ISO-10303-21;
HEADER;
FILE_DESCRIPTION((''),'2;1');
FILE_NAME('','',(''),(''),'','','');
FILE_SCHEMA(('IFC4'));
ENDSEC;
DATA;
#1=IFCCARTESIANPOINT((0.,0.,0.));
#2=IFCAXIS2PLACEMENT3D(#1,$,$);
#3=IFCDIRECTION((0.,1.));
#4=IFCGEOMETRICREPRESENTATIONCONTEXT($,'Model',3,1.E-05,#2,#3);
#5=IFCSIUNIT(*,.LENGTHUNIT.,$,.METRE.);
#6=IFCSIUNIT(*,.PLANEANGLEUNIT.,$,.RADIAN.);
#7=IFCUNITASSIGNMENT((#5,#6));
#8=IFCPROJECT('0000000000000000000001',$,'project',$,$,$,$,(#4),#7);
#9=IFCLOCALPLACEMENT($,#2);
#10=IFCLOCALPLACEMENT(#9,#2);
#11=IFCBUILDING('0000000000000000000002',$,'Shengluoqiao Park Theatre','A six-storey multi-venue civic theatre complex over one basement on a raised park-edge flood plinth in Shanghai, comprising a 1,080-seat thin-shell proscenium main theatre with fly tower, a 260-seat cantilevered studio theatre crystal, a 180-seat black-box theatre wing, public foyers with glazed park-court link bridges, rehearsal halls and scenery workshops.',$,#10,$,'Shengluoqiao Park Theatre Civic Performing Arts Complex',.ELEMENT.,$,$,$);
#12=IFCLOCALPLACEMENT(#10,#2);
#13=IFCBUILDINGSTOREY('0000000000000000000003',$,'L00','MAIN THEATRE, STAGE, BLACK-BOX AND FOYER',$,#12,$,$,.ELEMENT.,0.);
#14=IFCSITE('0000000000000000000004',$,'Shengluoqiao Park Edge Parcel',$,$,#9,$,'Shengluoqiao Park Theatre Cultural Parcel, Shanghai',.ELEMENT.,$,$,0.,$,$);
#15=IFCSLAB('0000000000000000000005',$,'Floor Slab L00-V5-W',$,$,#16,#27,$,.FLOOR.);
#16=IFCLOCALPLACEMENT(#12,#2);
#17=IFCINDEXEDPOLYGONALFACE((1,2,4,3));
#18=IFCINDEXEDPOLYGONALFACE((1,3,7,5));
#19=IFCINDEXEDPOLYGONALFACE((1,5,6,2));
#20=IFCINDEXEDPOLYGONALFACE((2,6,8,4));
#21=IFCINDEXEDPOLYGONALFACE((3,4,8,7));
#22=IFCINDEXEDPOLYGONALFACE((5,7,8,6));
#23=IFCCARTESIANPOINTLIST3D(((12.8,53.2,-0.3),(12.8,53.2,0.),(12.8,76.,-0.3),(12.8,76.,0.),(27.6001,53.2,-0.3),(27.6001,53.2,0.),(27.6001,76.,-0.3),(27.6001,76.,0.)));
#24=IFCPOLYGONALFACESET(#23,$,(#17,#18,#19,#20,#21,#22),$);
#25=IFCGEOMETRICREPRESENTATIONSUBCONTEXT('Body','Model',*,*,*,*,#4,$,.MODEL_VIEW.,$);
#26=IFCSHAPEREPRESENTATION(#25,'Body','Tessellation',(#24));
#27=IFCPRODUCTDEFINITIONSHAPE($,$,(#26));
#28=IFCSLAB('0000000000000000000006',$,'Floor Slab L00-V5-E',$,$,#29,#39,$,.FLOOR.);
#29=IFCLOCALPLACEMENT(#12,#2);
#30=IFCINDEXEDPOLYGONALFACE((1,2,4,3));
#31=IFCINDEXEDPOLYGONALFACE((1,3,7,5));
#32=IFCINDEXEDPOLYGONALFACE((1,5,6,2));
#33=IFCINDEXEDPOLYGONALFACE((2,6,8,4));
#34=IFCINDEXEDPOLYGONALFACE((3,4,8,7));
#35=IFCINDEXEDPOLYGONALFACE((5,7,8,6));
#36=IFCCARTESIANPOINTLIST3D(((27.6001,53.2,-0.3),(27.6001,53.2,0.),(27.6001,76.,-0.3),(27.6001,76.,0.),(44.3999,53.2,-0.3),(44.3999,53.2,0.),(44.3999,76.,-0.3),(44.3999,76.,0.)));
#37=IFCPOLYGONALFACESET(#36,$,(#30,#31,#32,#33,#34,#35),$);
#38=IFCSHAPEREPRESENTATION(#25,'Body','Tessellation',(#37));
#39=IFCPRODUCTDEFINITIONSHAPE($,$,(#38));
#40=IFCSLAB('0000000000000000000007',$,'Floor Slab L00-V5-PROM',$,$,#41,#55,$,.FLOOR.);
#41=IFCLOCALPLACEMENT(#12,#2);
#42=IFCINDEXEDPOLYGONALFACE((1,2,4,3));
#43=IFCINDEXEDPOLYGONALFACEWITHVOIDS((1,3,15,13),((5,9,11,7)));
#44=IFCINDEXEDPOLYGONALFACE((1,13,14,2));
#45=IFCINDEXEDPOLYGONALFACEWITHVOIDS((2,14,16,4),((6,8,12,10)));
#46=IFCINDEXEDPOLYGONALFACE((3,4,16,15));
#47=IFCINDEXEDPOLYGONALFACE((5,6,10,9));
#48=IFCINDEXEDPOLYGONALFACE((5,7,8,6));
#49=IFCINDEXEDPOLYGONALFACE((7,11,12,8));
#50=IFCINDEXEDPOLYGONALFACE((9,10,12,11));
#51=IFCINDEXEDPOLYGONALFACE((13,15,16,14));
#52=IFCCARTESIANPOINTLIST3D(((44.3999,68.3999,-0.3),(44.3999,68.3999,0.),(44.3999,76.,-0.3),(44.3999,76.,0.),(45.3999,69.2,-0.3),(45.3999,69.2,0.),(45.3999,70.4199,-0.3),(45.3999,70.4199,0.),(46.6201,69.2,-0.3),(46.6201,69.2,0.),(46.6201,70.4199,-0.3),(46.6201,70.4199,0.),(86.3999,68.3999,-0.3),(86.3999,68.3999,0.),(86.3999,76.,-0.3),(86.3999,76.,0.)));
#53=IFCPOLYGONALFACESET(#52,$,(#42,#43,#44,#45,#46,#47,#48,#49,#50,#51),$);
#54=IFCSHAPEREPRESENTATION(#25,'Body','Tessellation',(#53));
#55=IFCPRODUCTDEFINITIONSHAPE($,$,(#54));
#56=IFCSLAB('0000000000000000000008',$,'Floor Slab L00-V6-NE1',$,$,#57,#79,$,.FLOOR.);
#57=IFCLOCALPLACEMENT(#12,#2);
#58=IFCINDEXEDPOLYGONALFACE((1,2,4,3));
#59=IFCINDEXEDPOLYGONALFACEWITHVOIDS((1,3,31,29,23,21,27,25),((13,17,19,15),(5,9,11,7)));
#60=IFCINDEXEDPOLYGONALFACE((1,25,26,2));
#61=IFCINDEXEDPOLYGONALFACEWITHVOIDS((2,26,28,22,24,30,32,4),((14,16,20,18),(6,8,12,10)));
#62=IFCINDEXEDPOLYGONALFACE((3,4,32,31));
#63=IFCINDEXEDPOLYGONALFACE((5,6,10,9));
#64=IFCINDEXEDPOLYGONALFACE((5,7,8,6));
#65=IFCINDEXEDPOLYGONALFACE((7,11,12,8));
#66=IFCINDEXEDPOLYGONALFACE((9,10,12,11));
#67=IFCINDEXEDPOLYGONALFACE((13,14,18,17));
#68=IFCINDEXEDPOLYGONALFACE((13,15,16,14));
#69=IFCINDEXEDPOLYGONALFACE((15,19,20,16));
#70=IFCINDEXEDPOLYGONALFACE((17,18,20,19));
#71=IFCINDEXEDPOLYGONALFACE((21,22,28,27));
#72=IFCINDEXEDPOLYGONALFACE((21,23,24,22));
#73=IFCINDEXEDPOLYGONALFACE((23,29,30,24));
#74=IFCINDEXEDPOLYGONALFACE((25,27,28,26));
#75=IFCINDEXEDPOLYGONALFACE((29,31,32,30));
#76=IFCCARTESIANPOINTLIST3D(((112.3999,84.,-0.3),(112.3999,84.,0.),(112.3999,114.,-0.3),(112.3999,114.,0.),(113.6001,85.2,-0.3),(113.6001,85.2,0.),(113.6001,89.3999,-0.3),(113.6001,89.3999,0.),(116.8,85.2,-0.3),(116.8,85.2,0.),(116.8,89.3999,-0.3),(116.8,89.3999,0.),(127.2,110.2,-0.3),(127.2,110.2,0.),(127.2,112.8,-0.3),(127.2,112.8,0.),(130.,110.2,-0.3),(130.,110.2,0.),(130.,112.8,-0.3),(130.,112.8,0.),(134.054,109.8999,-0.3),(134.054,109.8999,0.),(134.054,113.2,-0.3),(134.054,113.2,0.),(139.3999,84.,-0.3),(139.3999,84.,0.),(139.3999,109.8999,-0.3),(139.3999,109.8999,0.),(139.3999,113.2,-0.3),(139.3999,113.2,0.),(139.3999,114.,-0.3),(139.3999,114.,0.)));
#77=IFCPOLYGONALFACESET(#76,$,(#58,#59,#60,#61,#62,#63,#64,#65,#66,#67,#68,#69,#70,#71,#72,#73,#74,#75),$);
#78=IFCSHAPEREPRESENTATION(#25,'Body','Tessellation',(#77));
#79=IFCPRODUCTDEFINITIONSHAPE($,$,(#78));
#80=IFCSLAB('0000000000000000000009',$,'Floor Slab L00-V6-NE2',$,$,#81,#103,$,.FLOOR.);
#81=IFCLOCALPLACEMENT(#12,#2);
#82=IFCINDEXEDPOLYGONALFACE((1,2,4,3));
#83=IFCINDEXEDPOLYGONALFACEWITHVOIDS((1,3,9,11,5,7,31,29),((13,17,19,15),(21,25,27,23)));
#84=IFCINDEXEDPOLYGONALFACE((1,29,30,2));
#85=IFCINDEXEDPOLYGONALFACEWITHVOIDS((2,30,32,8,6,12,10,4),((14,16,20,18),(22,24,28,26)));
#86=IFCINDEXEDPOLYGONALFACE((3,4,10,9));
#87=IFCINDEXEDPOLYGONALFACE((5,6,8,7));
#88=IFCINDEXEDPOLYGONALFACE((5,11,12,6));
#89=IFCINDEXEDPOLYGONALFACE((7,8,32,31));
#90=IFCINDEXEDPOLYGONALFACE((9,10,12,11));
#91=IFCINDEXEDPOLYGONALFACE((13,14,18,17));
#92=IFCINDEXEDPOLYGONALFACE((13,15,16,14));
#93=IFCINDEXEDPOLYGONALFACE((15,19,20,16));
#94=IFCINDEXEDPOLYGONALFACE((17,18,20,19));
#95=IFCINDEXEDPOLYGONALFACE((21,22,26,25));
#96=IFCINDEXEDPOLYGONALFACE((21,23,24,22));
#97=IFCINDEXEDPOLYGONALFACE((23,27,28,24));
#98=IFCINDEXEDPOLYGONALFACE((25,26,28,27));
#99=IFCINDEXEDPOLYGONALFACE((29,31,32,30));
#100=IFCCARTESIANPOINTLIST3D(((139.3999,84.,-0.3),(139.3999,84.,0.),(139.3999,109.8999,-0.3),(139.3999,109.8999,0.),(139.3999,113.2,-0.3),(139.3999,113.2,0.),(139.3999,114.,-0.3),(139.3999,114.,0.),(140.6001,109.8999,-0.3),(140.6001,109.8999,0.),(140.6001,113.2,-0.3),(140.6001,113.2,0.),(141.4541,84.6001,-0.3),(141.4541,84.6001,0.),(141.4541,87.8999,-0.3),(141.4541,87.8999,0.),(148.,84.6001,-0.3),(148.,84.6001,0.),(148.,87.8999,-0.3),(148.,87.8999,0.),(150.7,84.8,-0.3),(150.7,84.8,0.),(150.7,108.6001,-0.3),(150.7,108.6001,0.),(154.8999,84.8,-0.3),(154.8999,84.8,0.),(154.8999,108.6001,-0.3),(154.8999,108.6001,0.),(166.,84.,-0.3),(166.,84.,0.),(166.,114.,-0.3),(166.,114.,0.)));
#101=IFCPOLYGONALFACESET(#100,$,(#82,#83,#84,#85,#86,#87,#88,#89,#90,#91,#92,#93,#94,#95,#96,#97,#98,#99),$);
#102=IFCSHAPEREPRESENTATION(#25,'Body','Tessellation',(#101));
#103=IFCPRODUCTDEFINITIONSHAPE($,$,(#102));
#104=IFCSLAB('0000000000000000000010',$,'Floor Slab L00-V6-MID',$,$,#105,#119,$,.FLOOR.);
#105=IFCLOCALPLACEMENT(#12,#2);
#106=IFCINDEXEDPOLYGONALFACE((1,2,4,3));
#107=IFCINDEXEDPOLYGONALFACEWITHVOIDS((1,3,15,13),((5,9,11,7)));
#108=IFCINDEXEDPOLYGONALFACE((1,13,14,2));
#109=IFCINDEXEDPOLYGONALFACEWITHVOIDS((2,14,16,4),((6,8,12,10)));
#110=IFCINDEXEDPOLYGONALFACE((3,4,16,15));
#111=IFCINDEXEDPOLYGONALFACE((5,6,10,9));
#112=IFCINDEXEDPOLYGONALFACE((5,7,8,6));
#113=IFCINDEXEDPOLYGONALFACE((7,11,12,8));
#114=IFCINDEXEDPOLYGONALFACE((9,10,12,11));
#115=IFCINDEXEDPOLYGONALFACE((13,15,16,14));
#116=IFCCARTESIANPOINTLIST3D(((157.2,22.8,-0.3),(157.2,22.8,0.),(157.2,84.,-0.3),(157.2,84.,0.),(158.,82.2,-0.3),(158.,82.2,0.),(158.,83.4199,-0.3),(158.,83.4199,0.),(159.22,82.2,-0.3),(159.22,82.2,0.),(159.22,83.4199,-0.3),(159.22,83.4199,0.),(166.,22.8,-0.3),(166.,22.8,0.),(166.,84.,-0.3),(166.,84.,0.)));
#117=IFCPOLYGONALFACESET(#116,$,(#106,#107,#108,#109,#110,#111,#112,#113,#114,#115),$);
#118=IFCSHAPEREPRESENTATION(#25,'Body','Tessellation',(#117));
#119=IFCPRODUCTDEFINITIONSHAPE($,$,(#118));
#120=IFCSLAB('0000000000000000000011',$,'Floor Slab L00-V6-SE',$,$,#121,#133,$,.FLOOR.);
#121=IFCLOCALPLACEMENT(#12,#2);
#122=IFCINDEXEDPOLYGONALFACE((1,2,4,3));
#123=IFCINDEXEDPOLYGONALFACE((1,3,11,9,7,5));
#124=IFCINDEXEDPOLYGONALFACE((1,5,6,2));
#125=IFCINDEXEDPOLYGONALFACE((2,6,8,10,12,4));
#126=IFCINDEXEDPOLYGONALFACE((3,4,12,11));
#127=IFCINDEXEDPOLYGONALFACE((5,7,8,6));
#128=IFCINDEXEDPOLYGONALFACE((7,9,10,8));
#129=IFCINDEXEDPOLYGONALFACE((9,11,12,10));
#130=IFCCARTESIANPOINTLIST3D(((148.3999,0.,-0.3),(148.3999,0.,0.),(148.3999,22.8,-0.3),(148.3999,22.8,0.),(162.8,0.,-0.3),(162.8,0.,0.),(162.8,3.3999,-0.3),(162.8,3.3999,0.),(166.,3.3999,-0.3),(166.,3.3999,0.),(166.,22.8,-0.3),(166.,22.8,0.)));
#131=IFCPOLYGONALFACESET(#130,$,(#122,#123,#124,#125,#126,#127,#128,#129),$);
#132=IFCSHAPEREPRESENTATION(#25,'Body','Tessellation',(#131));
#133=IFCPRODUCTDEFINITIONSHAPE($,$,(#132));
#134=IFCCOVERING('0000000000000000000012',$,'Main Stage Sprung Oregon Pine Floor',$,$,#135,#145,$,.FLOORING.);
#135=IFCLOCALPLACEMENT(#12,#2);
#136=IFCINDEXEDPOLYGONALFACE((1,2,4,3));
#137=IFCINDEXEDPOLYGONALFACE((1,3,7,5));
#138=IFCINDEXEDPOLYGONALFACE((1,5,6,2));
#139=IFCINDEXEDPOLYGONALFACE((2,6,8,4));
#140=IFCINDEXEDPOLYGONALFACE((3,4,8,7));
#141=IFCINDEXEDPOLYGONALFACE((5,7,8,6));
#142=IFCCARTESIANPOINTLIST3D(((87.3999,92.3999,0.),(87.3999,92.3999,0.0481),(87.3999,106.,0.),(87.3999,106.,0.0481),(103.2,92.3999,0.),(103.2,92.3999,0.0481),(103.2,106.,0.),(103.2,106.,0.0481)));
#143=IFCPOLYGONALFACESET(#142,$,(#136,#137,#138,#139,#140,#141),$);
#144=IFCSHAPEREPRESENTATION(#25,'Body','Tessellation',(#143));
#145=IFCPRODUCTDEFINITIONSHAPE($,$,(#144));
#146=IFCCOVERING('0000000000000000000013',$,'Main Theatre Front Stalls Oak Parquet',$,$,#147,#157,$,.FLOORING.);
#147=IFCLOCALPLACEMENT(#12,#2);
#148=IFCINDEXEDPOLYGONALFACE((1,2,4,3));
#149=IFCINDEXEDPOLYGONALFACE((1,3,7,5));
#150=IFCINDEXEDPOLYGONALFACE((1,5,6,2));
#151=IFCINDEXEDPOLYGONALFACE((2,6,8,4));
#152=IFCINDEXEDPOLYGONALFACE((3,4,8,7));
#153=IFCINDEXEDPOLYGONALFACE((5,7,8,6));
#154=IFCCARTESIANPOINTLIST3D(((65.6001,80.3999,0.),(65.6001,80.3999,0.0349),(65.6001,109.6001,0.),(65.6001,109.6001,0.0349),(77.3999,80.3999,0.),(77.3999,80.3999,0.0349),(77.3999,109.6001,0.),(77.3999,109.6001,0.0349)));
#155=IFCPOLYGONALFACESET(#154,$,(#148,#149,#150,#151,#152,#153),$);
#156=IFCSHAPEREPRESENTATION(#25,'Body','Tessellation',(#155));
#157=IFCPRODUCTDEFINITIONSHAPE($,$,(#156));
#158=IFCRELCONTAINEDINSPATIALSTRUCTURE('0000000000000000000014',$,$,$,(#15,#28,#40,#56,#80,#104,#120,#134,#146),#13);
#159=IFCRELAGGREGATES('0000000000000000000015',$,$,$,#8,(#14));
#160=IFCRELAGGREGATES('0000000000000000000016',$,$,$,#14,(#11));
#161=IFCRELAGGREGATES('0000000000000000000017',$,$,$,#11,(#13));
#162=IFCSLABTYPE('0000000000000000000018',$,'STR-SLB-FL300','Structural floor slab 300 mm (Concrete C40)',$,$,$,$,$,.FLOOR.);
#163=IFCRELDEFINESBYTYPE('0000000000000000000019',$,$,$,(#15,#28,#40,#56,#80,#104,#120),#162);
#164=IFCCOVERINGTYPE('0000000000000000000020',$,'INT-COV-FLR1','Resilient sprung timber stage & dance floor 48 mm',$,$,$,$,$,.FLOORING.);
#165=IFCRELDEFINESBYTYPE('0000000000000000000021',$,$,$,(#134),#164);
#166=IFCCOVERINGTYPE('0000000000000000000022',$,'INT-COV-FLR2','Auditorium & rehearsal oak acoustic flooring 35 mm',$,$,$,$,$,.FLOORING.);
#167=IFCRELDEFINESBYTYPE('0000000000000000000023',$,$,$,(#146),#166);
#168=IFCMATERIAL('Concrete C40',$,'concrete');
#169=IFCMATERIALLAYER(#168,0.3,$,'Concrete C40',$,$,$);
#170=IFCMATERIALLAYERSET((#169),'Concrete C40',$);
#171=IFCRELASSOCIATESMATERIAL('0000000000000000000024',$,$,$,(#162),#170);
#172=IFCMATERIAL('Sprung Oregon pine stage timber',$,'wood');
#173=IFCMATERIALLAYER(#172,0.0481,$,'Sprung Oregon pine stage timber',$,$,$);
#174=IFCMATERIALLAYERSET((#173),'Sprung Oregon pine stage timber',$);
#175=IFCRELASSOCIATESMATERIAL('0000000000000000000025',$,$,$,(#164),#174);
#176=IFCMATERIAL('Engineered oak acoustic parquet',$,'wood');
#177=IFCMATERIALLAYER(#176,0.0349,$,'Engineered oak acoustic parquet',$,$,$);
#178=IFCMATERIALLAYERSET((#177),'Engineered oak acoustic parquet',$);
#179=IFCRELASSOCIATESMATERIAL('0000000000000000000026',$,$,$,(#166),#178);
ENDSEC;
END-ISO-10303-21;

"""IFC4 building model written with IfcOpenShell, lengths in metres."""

from ifc_helpers import new_model, si_unit, direction, frame, origin, place, context, subcontext, project, spatial, polyline, outline, extrude, material, layer, layer_set, type_object, element, save


model = new_model("IFC4")

# Units and contexts
model_context = context("Model", 3, precision=1e-05, world=origin(), true_north=direction((0.0, 1.0)))
body_context = subcontext(model_context, "Body", "Model", "MODEL_VIEW")
ifc_project = project(units=[si_unit("LENGTHUNIT", "METRE"), si_unit("PLANEANGLEUNIT", "RADIAN")], contexts=[model_context])

# Site, building, storey
site_placement = place(None, origin())
site = spatial("IfcSite", under=ifc_project, at=site_placement, Name="Shengluoqiao Park Edge Parcel", LongName="Shengluoqiao Park Theatre Cultural Parcel, Shanghai", CompositionType="ELEMENT", RefElevation=0.0)
building_placement = place(site_placement, origin())
building = spatial("IfcBuilding", under=site, at=building_placement, Name="Shengluoqiao Park Theatre", Description="A six-storey multi-venue civic theatre complex over one basement on a raised park-edge flood plinth in Shanghai, comprising a 1,080-seat thin-shell proscenium main theatre with fly tower, a 260-seat cantilevered studio theatre crystal, a 180-seat black-box theatre wing, public foyers with glazed park-court link bridges, rehearsal halls and scenery workshops.", LongName="Shengluoqiao Park Theatre Civic Performing Arts Complex", CompositionType="ELEMENT")
storey_placement = place(building_placement, origin())
storey = spatial("IfcBuildingStorey", under=building, at=storey_placement, Name="L00", Description="MAIN THEATRE, STAGE, BLACK-BOX AND FOYER", CompositionType="ELEMENT", Elevation=0.0)

# Shared definitions
ifc_material_1 = material(Name="Concrete C40", Category="concrete")

# Slabs
ifc_layer_1 = layer(ifc_material_1, 0.3, Name="Concrete C40")
ifc_layer_set_1 = layer_set([ifc_layer_1], Name="Concrete C40")
slab_type_1 = type_object("IfcSlabType", Name="STR-SLB-FL300", Description="Structural floor slab 300 mm (Concrete C40)", PredefinedType="FLOOR", material=ifc_layer_set_1)
slab_1_placement = place(storey_placement, frame((0.0, 0.0, -0.3)))
element("IfcSlab", 1, at=slab_1_placement, inside=storey, type_object=slab_type_1, Name="Floor Slab L00-V5-W", PredefinedType="FLOOR", context=body_context, shape_type="SweptSolid", body=[
    extrude(outline(polyline([(12.8, 53.2), (12.8, 76.0), (27.6001, 76.0), (27.6001, 53.2), (12.8, 53.2)])), origin(), (0.0, 0.0, 1.0), 0.3),
])
slab_2_placement = place(storey_placement, frame((0.0, 0.0, -0.3)))
element("IfcSlab", 2, at=slab_2_placement, inside=storey, type_object=slab_type_1, Name="Floor Slab L00-V5-E", PredefinedType="FLOOR", context=body_context, shape_type="SweptSolid", body=[
    extrude(outline(polyline([(27.6001, 53.2), (27.6001, 76.0), (44.3999, 76.0), (44.3999, 53.2), (27.6001, 53.2)])), origin(), (0.0, 0.0, 1.0), 0.3),
])
slab_3_placement = place(storey_placement, frame((0.0, 0.0, -0.3)))
element("IfcSlab", 3, at=slab_3_placement, inside=storey, type_object=slab_type_1, Name="Floor Slab L00-V5-PROM", PredefinedType="FLOOR", context=body_context, shape_type="SweptSolid", body=[
    extrude(outline(polyline([(44.3999, 68.3999), (44.3999, 76.0), (86.3999, 76.0), (86.3999, 68.3999), (44.3999, 68.3999)]), holes=[polyline([(46.6201, 69.2), (46.6201, 70.4199), (45.3999, 70.4199), (45.3999, 69.2), (46.6201, 69.2)])]), origin(), (0.0, 0.0, 1.0), 0.3),
])
slab_4_placement = place(storey_placement, frame((0.0, 0.0, -0.3)))
element("IfcSlab", 4, at=slab_4_placement, inside=storey, type_object=slab_type_1, Name="Floor Slab L00-V6-NE1", PredefinedType="FLOOR", context=body_context, shape_type="SweptSolid", body=[
    extrude(outline(polyline([(139.3999, 84.0), (112.3999, 84.0), (112.3999, 114.0), (139.3999, 114.0), (139.3999, 113.2), (134.054, 113.2), (134.054, 109.8999), (139.3999, 109.8999), (139.3999, 84.0)]), holes=[polyline([(116.8, 85.2), (116.8, 89.3999), (113.6001, 89.3999), (113.6001, 85.2), (116.8, 85.2)]), polyline([(130.0, 112.8), (127.2, 112.8), (127.2, 110.2), (130.0, 110.2), (130.0, 112.8)])]), origin(), (0.0, 0.0, 1.0), 0.3),
])
slab_5_placement = place(storey_placement, frame((0.0, 0.0, -0.3)))
element("IfcSlab", 5, at=slab_5_placement, inside=storey, type_object=slab_type_1, Name="Floor Slab L00-V6-NE2", PredefinedType="FLOOR", context=body_context, shape_type="SweptSolid", body=[
    extrude(outline(polyline([(139.3999, 114.0), (166.0, 114.0), (166.0, 84.0), (139.3999, 84.0), (139.3999, 109.8999), (140.6001, 109.8999), (140.6001, 113.2), (139.3999, 113.2), (139.3999, 114.0)]), holes=[polyline([(148.0, 84.6001), (148.0, 87.8999), (141.4541, 87.8999), (141.4541, 84.6001), (148.0, 84.6001)]), polyline([(154.8999, 84.8), (154.8999, 108.6001), (150.7, 108.6001), (150.7, 84.8), (154.8999, 84.8)])]), origin(), (0.0, 0.0, 1.0), 0.3),
])
slab_6_placement = place(storey_placement, frame((0.0, 0.0, -0.3)))
element("IfcSlab", 6, at=slab_6_placement, inside=storey, type_object=slab_type_1, Name="Floor Slab L00-V6-MID", PredefinedType="FLOOR", context=body_context, shape_type="SweptSolid", body=[
    extrude(outline(polyline([(157.2, 22.8), (157.2, 84.0), (166.0, 84.0), (166.0, 22.8), (157.2, 22.8)]), holes=[polyline([(159.22, 83.4199), (158.0, 83.4199), (158.0, 82.2), (159.22, 82.2), (159.22, 83.4199)])]), origin(), (0.0, 0.0, 1.0), 0.3),
])
slab_7_placement = place(storey_placement, frame((0.0, 0.0, -0.3)))
element("IfcSlab", 7, at=slab_7_placement, inside=storey, type_object=slab_type_1, Name="Floor Slab L00-V6-SE", PredefinedType="FLOOR", context=body_context, shape_type="SweptSolid", body=[
    extrude(outline(polyline([(148.3999, 22.8), (166.0, 22.8), (166.0, 3.3999), (162.8, 3.3999), (162.8, 0.0), (148.3999, 0.0), (148.3999, 22.8)])), origin(), (0.0, 0.0, 1.0), 0.3),
])

# Coverings
ifc_material_2 = material(Name="Sprung Oregon pine stage timber", Category="wood")
ifc_layer_2 = layer(ifc_material_2, 0.0481, Name="Sprung Oregon pine stage timber")
ifc_layer_set_2 = layer_set([ifc_layer_2], Name="Sprung Oregon pine stage timber")
covering_type_1 = type_object("IfcCoveringType", Name="INT-COV-FLR1", Description="Resilient sprung timber stage & dance floor 48 mm", PredefinedType="FLOORING", material=ifc_layer_set_2)
covering_1_placement = place(storey_placement, origin())
element("IfcCovering", 8, at=covering_1_placement, inside=storey, type_object=covering_type_1, Name="Main Stage Sprung Oregon Pine Floor", PredefinedType="FLOORING", context=body_context, shape_type="SweptSolid", body=[
    extrude(outline(polyline([(87.3999, 92.3999), (103.2, 92.3999), (103.2, 106.0), (87.3999, 106.0), (87.3999, 92.3999)])), origin(), (0.0, 0.0, 1.0), 0.0481),
])
ifc_material_3 = material(Name="Engineered oak acoustic parquet", Category="wood")
ifc_layer_3 = layer(ifc_material_3, 0.0349, Name="Engineered oak acoustic parquet")
ifc_layer_set_3 = layer_set([ifc_layer_3], Name="Engineered oak acoustic parquet")
covering_type_2 = type_object("IfcCoveringType", Name="INT-COV-FLR2", Description="Auditorium & rehearsal oak acoustic flooring 35 mm", PredefinedType="FLOORING", material=ifc_layer_set_3)
covering_2_placement = place(storey_placement, origin())
element("IfcCovering", 9, at=covering_2_placement, inside=storey, type_object=covering_type_2, Name="Main Theatre Front Stalls Oak Parquet", PredefinedType="FLOORING", context=body_context, shape_type="SweptSolid", body=[
    extrude(outline(polyline([(65.6001, 80.3999), (77.3999, 80.3999), (77.3999, 109.6001), (65.6001, 109.6001), (65.6001, 80.3999)])), origin(), (0.0, 0.0, 1.0), 0.0349),
])

save(model, "model.ifc")
